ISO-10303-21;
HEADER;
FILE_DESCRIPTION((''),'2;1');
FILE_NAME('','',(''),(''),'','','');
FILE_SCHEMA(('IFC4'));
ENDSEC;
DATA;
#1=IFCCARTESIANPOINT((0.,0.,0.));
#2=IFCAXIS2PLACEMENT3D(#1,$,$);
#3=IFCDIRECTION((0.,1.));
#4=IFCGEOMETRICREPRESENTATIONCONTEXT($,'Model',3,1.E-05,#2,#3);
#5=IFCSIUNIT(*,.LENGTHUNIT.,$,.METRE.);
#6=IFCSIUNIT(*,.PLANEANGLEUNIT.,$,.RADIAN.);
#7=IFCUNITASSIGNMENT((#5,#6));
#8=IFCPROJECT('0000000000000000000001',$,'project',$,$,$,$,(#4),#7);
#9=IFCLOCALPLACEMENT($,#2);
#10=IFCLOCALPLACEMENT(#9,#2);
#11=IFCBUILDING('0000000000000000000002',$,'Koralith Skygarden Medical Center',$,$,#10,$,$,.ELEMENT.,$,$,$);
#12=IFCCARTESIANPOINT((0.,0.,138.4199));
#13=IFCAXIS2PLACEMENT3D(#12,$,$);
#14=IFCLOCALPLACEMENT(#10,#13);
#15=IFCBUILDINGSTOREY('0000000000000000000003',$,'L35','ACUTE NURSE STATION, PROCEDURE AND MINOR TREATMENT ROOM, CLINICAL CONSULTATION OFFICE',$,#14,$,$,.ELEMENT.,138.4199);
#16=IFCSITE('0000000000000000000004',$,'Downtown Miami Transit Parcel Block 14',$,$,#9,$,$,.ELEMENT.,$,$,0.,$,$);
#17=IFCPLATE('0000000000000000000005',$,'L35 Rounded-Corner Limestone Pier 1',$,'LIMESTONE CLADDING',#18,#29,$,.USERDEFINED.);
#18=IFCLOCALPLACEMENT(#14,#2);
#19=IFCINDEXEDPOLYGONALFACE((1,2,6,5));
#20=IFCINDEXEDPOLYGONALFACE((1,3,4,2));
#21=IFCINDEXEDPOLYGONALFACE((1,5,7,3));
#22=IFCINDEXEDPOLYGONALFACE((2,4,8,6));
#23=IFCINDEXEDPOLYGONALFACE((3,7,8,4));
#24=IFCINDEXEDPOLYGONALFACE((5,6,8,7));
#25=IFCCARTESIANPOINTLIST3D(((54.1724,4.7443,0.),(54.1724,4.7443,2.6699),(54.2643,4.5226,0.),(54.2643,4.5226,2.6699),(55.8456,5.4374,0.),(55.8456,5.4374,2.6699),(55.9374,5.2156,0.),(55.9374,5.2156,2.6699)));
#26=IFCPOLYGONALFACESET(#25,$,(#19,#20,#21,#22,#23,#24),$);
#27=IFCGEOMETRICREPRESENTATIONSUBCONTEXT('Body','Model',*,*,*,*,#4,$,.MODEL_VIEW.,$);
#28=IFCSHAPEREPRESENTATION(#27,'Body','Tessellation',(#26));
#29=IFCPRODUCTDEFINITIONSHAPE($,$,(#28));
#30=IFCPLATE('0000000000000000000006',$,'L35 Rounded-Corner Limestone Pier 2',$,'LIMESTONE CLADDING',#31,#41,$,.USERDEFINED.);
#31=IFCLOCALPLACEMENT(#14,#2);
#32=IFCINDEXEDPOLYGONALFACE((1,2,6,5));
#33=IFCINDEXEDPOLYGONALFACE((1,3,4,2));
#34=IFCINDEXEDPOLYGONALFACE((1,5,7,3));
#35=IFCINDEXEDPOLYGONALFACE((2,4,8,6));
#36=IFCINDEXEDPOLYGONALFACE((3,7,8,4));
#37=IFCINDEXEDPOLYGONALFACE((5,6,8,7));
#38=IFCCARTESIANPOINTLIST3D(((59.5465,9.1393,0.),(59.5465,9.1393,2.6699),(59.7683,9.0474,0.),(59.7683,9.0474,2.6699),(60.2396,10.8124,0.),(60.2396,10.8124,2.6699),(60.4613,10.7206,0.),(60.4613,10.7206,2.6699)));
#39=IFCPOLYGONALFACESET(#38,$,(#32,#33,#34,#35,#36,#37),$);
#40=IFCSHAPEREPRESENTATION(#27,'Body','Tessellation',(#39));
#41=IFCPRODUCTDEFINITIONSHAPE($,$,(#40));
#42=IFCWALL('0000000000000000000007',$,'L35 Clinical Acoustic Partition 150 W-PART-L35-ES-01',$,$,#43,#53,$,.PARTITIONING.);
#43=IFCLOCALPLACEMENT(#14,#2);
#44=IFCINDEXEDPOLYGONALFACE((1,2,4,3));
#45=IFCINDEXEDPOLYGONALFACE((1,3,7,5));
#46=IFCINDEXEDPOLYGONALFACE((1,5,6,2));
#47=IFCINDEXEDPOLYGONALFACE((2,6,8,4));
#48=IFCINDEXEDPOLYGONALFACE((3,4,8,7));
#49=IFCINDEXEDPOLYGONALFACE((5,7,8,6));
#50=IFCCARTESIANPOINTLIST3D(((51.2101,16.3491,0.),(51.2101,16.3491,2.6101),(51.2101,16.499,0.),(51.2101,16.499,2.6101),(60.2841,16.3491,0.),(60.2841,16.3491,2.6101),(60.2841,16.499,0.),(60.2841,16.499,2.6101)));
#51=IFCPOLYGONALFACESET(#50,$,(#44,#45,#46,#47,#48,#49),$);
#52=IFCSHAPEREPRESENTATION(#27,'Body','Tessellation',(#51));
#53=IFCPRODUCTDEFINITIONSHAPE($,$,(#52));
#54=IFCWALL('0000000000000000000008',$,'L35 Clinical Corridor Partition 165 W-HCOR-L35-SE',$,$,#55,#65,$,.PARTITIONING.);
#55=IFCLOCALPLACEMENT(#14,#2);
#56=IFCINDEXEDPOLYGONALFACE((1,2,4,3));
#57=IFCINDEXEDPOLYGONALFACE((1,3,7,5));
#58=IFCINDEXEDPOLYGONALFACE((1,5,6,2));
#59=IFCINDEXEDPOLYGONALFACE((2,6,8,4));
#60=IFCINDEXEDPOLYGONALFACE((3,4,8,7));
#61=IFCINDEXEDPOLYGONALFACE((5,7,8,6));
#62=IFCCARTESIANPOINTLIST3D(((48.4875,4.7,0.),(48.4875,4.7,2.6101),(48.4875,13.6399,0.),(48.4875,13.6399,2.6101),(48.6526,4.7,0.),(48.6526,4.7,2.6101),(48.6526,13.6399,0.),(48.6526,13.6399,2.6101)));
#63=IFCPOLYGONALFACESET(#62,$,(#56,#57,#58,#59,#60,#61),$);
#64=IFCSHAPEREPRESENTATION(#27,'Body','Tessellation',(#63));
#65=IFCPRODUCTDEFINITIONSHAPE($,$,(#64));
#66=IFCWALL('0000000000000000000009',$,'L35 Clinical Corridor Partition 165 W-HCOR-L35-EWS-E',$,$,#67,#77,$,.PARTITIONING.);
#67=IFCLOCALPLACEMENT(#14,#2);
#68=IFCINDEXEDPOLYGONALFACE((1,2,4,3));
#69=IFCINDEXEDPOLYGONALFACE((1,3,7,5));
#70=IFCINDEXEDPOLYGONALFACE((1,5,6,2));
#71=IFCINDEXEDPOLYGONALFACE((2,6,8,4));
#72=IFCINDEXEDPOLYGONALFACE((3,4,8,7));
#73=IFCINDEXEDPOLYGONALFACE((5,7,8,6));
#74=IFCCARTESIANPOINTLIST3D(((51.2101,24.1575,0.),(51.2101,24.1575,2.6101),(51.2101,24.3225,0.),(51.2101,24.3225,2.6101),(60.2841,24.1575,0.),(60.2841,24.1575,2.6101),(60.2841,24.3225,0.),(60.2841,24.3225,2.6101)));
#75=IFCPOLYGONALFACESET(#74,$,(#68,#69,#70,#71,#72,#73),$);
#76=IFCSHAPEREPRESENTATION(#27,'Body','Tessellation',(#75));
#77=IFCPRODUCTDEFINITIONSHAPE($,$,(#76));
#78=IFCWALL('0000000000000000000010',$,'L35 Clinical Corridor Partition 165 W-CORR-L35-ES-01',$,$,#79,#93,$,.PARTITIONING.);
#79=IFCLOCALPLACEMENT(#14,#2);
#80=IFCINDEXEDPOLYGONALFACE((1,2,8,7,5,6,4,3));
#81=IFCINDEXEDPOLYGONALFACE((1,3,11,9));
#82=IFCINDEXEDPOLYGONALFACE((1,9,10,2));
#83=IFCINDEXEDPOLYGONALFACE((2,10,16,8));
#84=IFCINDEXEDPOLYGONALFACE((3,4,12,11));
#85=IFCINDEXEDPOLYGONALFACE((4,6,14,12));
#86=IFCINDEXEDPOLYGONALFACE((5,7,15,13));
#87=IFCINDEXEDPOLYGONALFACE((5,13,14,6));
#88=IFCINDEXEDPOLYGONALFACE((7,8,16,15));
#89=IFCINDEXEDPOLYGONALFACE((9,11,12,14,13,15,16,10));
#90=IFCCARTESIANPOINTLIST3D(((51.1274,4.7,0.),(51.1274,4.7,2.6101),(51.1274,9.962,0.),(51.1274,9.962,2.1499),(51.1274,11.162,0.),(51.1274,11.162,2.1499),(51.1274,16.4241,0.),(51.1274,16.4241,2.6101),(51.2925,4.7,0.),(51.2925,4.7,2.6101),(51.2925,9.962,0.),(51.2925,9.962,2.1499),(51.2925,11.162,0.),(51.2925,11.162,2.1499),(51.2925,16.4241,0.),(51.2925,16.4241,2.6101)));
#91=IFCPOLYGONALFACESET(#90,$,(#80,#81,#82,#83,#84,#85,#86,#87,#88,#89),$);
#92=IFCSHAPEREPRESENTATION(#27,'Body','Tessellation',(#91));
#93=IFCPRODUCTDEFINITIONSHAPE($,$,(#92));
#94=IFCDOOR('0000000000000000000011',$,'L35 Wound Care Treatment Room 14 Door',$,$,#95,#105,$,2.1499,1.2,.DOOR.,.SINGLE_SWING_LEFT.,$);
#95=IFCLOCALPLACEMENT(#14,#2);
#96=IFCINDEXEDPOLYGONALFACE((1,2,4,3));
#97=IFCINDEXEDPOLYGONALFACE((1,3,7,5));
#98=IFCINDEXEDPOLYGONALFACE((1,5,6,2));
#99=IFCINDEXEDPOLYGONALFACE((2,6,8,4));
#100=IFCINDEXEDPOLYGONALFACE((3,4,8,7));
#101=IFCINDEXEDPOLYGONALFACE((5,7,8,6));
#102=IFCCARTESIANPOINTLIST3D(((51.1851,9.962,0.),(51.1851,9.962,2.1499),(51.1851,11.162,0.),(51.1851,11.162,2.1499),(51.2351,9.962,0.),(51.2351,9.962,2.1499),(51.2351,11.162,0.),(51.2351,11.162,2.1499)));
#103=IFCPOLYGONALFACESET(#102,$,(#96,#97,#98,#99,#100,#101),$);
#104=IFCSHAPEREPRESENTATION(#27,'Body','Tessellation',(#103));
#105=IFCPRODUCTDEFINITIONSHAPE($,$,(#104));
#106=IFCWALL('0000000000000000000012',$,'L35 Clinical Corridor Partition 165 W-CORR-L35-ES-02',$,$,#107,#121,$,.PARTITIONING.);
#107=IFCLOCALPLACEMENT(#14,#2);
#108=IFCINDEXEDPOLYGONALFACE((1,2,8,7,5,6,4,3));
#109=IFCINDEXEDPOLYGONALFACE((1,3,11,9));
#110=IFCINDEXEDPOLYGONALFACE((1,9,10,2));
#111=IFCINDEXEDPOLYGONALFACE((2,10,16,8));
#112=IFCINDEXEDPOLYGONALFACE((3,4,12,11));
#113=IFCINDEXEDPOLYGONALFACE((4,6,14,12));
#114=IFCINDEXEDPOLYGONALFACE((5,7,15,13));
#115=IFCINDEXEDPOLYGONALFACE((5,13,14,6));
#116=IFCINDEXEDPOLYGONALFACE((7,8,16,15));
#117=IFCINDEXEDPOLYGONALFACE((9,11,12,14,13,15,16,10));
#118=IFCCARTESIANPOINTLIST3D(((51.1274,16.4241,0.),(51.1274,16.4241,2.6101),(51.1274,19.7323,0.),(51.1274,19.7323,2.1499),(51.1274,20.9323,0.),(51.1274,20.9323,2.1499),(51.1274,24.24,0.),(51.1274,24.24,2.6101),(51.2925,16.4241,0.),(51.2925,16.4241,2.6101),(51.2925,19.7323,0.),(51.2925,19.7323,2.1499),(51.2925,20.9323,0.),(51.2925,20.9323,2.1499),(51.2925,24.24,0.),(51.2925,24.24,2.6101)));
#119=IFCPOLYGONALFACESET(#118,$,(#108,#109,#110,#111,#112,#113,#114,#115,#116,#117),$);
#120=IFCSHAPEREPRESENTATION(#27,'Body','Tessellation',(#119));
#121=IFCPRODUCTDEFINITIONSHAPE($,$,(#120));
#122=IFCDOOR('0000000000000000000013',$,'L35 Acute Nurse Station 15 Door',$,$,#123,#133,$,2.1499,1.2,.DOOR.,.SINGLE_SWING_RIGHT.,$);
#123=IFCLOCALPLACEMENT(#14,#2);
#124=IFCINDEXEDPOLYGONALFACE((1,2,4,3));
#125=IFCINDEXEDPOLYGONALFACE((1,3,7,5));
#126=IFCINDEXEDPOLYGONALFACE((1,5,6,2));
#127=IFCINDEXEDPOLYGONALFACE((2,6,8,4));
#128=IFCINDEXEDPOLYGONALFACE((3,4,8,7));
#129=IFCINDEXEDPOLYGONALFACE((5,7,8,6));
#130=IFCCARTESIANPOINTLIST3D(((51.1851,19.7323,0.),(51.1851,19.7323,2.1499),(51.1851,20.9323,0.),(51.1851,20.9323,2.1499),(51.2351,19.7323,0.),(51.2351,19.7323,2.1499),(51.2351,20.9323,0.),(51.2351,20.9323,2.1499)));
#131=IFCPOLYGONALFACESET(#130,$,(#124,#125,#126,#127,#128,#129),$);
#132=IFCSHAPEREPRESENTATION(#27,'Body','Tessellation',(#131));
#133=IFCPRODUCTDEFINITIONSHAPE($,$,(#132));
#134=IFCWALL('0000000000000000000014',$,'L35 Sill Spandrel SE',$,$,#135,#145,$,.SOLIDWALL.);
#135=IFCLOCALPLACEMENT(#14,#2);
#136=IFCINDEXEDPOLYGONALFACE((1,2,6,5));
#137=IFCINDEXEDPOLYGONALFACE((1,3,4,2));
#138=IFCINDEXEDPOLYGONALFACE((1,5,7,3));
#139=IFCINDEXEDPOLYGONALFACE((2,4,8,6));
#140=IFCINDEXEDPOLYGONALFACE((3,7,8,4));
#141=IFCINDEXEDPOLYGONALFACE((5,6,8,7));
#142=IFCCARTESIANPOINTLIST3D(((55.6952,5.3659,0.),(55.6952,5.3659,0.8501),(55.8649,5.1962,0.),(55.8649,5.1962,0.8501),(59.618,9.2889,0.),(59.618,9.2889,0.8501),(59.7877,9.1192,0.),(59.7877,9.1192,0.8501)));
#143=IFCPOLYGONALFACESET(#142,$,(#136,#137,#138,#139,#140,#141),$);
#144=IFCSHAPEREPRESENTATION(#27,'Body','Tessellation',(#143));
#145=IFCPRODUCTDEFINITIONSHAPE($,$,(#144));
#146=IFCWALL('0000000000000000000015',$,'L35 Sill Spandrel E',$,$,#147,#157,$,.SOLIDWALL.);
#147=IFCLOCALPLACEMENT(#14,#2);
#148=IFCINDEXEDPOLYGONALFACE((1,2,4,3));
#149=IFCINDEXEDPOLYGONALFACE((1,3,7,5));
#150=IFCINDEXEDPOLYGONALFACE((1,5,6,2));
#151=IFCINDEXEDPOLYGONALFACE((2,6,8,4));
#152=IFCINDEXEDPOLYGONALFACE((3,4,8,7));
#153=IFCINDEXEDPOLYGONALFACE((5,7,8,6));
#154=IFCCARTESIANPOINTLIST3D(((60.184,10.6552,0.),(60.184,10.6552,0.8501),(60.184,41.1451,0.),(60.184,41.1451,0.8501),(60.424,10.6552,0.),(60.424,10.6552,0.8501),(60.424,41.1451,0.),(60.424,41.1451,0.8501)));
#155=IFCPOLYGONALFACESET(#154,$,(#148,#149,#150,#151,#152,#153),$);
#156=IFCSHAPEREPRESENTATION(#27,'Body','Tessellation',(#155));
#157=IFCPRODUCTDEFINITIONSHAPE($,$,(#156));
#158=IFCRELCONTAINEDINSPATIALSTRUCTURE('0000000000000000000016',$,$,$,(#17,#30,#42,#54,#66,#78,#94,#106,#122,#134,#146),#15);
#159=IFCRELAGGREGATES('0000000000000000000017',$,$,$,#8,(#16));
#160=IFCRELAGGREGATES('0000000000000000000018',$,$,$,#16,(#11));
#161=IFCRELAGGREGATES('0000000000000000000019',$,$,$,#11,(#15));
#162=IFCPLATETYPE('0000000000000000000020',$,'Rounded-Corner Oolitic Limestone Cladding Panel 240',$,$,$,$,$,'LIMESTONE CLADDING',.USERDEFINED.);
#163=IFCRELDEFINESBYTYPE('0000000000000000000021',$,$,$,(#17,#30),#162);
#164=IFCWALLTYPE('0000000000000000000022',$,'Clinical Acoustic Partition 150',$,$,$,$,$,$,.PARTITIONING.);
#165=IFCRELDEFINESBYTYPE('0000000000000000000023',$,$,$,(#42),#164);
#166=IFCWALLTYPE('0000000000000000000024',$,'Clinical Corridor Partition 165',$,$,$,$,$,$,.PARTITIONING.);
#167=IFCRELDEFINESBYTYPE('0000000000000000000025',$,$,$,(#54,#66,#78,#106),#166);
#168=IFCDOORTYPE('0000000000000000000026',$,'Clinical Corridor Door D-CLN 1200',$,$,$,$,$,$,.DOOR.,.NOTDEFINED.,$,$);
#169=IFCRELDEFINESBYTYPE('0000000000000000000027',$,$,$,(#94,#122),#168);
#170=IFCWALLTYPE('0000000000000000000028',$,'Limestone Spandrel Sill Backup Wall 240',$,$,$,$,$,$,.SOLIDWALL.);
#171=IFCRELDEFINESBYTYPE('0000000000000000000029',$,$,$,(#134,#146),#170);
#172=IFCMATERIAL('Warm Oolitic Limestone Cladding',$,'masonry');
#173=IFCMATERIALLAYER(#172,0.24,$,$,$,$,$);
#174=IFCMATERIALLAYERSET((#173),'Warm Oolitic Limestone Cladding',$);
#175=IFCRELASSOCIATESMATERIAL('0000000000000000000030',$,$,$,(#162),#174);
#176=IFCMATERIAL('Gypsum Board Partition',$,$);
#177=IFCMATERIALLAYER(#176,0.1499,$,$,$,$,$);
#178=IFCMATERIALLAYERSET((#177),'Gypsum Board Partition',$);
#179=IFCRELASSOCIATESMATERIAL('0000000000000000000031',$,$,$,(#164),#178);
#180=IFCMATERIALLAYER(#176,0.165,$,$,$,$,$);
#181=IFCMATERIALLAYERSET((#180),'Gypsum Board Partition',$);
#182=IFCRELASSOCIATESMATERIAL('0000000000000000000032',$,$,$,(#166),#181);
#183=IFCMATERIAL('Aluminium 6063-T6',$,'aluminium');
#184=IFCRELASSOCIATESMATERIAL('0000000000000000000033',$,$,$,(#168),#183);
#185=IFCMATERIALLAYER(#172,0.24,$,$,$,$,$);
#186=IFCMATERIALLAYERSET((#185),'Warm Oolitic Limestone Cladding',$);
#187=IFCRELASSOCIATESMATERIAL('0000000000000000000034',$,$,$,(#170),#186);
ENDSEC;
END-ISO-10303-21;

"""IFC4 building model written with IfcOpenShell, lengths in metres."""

from ifc_helpers import new_model, si_unit, direction, frame, frame_2d, origin, origin_2d, place, context, subcontext, project, spatial, rectangle, extrude, material, layer, layer_set, type_object, element, fill, save


model = new_model("IFC4")

# Units and contexts
model_context = context("Model", 3, precision=1e-05, world=origin(), true_north=direction((0.0, 1.0)))
body_context = subcontext(model_context, "Body", "Model", "MODEL_VIEW")
ifc_project = project(units=[si_unit("LENGTHUNIT", "METRE"), si_unit("PLANEANGLEUNIT", "RADIAN")], contexts=[model_context])

# Site, building, storey
site_placement = place(None, origin())
site = spatial("IfcSite", under=ifc_project, at=site_placement, Name="Downtown Miami Transit Parcel Block 14", CompositionType="ELEMENT", RefElevation=0.0)
building_placement = place(site_placement, origin())
building = spatial("IfcBuilding", under=site, at=building_placement, Name="Koralith Skygarden Medical Center", CompositionType="ELEMENT")
storey_placement = place(building_placement, frame((0.0, 0.0, 138.4199)))
storey = spatial("IfcBuildingStorey", under=building, at=storey_placement, Name="L35", Description="ACUTE NURSE STATION, PROCEDURE AND MINOR TREATMENT ROOM, CLINICAL CONSULTATION OFFICE", CompositionType="ELEMENT", Elevation=138.4199)

# Shared definitions
ifc_material_1 = material(Name="Aluminium 6063-T6", Category="aluminium")

# Plates
ifc_material_2 = material(Name="Warm Oolitic Limestone Cladding", Category="masonry")
ifc_layer_1 = layer(ifc_material_2, 0.24)
ifc_layer_set_1 = layer_set([ifc_layer_1], Name="Warm Oolitic Limestone Cladding")
plate_type_1 = type_object("IfcPlateType", Name="Rounded-Corner Oolitic Limestone Cladding Panel 240", ElementType="LIMESTONE CLADDING", PredefinedType="USERDEFINED", material=ifc_layer_set_1)
for number, where, z_axis, x_axis, name in (
    (1, (55.0549, 4.98, 0.0), (0.0, 0.0, 1.0), (0.923885, 0.382671, 0.0), "L35 Rounded-Corner Limestone Pier 1"),
    (2, (60.0039, 9.9299, 0.0), (0.0, 0.0, 1.0), (0.382671, 0.923885, 0.0), "L35 Rounded-Corner Limestone Pier 2"),
):
    element("IfcPlate", number, at=place(storey_placement, frame(where, z_axis=z_axis, x_axis=x_axis)), inside=storey, type_object=plate_type_1, Name=name, ObjectType="LIMESTONE CLADDING", PredefinedType="USERDEFINED", context=body_context, shape_type="SweptSolid", body=[
        extrude(rectangle(XDim=1.811, YDim=0.24, at=origin_2d()), origin(), (0.0, 0.0, 1.0), 2.6699),
    ])

# Walls
ifc_material_3 = material(Name="Gypsum Board Partition")
ifc_layer_2 = layer(ifc_material_3, 0.1499)
ifc_layer_set_2 = layer_set([ifc_layer_2], Name="Gypsum Board Partition")
wall_type_1 = type_object("IfcWallType", Name="Clinical Acoustic Partition 150", PredefinedType="PARTITIONING", material=ifc_layer_set_2)
wall_1_placement = place(storey_placement, frame((51.21, 16.4241, 0.0), z_axis=(0.0, 0.0, 1.0), x_axis=(1.0, 0.0, 0.0)))
element("IfcWall", 3, at=wall_1_placement, inside=storey, type_object=wall_type_1, Name="L35 Clinical Acoustic Partition 150 W-PART-L35-ES-01", PredefinedType="PARTITIONING", context=body_context, shape_type="SweptSolid", body=[
    extrude(rectangle(XDim=9.074, YDim=0.1499, at=frame_2d((4.5371, 0.0))), origin(), (0.0, 0.0, 1.0), 2.6101),
])
ifc_layer_3 = layer(ifc_material_3, 0.165)
ifc_layer_set_3 = layer_set([ifc_layer_3], Name="Gypsum Board Partition")
wall_type_2 = type_object("IfcWallType", Name="Clinical Corridor Partition 165", PredefinedType="PARTITIONING", material=ifc_layer_set_3)
wall_2_placement = place(storey_placement, frame((48.5701, 4.7, 0.0), z_axis=(0.0, 0.0, 1.0), x_axis=(0.0, 1.0, 0.0)))
element("IfcWall", 4, at=wall_2_placement, inside=storey, type_object=wall_type_2, Name="L35 Clinical Corridor Partition 165 W-HCOR-L35-SE", PredefinedType="PARTITIONING", context=body_context, shape_type="SweptSolid", body=[
    extrude(rectangle(XDim=8.9399, YDim=0.165, at=frame_2d((4.47, 0.0))), origin(), (0.0, 0.0, 1.0), 2.6101),
])
wall_3_placement = place(storey_placement, frame((51.21, 24.24, 0.0), z_axis=(0.0, 0.0, 1.0), x_axis=(1.0, 0.0, 0.0)))
element("IfcWall", 5, at=wall_3_placement, inside=storey, type_object=wall_type_2, Name="L35 Clinical Corridor Partition 165 W-HCOR-L35-EWS-E", PredefinedType="PARTITIONING", context=body_context, shape_type="SweptSolid", body=[
    extrude(rectangle(XDim=9.074, YDim=0.165, at=frame_2d((4.5371, 0.0))), origin(), (0.0, 0.0, 1.0), 2.6101),
])

# Walls, openings, doors
wall_4_placement = place(storey_placement, frame((51.21, 4.7, 0.0), z_axis=(0.0, 0.0, 1.0), x_axis=(0.0, 1.0, 0.0)))
wall_4 = element("IfcWall", 6, at=wall_4_placement, inside=storey, type_object=wall_type_2, Name="L35 Clinical Corridor Partition 165 W-CORR-L35-ES-01", PredefinedType="PARTITIONING", context=body_context, shape_type="SweptSolid", body=[
    extrude(rectangle(XDim=11.7241, YDim=0.165, at=frame_2d((5.8621, 0.0))), origin(), (0.0, 0.0, 1.0), 2.6101),
])
opening_1_placement = place(wall_4_placement, frame((5.262, 0.0, 0.0)))
opening_1 = element("IfcOpeningElement", 7, at=opening_1_placement, cuts=wall_4, PredefinedType="OPENING", context=body_context, shape_type="SweptSolid", body=[
    extrude(rectangle(XDim=1.2, YDim=2.1499, at=frame_2d((0.6001, 1.075))), frame((0.0, 0.0925, 0.0), z_axis=(0.0, -1.0, 0.0), x_axis=(1.0, 0.0, 0.0)), (0.0, 0.0, 1.0), 0.1851),
])
door_type = type_object("IfcDoorType", Name="Clinical Corridor Door D-CLN 1200", OperationType="NOTDEFINED", PredefinedType="DOOR", material=ifc_material_1)
door_1_placement = place(opening_1_placement, origin())
door_1 = element("IfcDoor", 8, at=door_1_placement, inside=storey, type_object=door_type, Name="L35 Wound Care Treatment Room 14 Door", OperationType="SINGLE_SWING_LEFT", OverallHeight=2.1499, OverallWidth=1.2, PredefinedType="DOOR", context=body_context, shape_type="SweptSolid", body=[
    extrude(rectangle(XDim=1.2, YDim=2.1499, at=frame_2d((0.6001, 1.075))), frame((0.0, 0.0249, 0.0), z_axis=(0.0, -1.0, 0.0), x_axis=(1.0, 0.0, 0.0)), (0.0, 0.0, 1.0), 0.05),
])
fill(opening_1, door_1)
wall_5_placement = place(storey_placement, frame((51.21, 16.4241, 0.0), z_axis=(0.0, 0.0, 1.0), x_axis=(0.0, 1.0, 0.0)))
wall_5 = element("IfcWall", 9, at=wall_5_placement, inside=storey, type_object=wall_type_2, Name="L35 Clinical Corridor Partition 165 W-CORR-L35-ES-02", PredefinedType="PARTITIONING", context=body_context, shape_type="SweptSolid", body=[
    extrude(rectangle(XDim=7.8159, YDim=0.165, at=frame_2d((3.908, 0.0))), origin(), (0.0, 0.0, 1.0), 2.6101),
])
opening_2_placement = place(wall_5_placement, frame((3.3081, 0.0, 0.0)))
opening_2 = element("IfcOpeningElement", 10, at=opening_2_placement, cuts=wall_5, PredefinedType="OPENING", context=body_context, shape_type="SweptSolid", body=[
    extrude(rectangle(XDim=1.2, YDim=2.1499, at=frame_2d((0.6001, 1.075))), frame((0.0, 0.0925, 0.0), z_axis=(0.0, -1.0, 0.0), x_axis=(1.0, 0.0, 0.0)), (0.0, 0.0, 1.0), 0.1851),
])
door_2_placement = place(opening_2_placement, origin())
door_2 = element("IfcDoor", 11, at=door_2_placement, inside=storey, type_object=door_type, Name="L35 Acute Nurse Station 15 Door", OperationType="SINGLE_SWING_RIGHT", OverallHeight=2.1499, OverallWidth=1.2, PredefinedType="DOOR", context=body_context, shape_type="SweptSolid", body=[
    extrude(rectangle(XDim=1.2, YDim=2.1499, at=frame_2d((0.6001, 1.075))), frame((0.0, 0.0249, 0.0), z_axis=(0.0, -1.0, 0.0), x_axis=(1.0, 0.0, 0.0)), (0.0, 0.0, 1.0), 0.05),
])
fill(opening_2, door_2)

# Walls
ifc_layer_4 = layer(ifc_material_2, 0.24)
ifc_layer_set_4 = layer_set([ifc_layer_4], Name="Warm Oolitic Limestone Cladding")
wall_type_3 = type_object("IfcWallType", Name="Limestone Spandrel Sill Backup Wall 240", PredefinedType="SOLIDWALL", material=ifc_layer_set_4)
wall_6_placement = place(storey_placement, frame((55.78, 5.281, 0.0), z_axis=(0.0, 0.0, 1.0), x_axis=(0.707085, 0.707129, 0.0)))
element("IfcWall", 12, at=wall_6_placement, inside=storey, type_object=wall_type_3, Name="L35 Sill Spandrel SE", PredefinedType="SOLIDWALL", context=body_context, shape_type="SweptSolid", body=[
    extrude(rectangle(XDim=5.5479, YDim=0.24, at=frame_2d((2.7739, 0.0))), origin(), (0.0, 0.0, 1.0), 0.8501),
])
wall_7_placement = place(storey_placement, frame((60.304, 10.655, 0.0), z_axis=(0.0, 0.0, 1.0), x_axis=(0.0, 1.0, 0.0)))
element("IfcWall", 13, at=wall_7_placement, inside=storey, type_object=wall_type_3, Name="L35 Sill Spandrel E", PredefinedType="SOLIDWALL", context=body_context, shape_type="SweptSolid", body=[
    extrude(rectangle(XDim=30.49, YDim=0.24, at=frame_2d((15.2451, 0.0))), origin(), (0.0, 0.0, 1.0), 0.8501),
])

save(model, "model.ifc")
